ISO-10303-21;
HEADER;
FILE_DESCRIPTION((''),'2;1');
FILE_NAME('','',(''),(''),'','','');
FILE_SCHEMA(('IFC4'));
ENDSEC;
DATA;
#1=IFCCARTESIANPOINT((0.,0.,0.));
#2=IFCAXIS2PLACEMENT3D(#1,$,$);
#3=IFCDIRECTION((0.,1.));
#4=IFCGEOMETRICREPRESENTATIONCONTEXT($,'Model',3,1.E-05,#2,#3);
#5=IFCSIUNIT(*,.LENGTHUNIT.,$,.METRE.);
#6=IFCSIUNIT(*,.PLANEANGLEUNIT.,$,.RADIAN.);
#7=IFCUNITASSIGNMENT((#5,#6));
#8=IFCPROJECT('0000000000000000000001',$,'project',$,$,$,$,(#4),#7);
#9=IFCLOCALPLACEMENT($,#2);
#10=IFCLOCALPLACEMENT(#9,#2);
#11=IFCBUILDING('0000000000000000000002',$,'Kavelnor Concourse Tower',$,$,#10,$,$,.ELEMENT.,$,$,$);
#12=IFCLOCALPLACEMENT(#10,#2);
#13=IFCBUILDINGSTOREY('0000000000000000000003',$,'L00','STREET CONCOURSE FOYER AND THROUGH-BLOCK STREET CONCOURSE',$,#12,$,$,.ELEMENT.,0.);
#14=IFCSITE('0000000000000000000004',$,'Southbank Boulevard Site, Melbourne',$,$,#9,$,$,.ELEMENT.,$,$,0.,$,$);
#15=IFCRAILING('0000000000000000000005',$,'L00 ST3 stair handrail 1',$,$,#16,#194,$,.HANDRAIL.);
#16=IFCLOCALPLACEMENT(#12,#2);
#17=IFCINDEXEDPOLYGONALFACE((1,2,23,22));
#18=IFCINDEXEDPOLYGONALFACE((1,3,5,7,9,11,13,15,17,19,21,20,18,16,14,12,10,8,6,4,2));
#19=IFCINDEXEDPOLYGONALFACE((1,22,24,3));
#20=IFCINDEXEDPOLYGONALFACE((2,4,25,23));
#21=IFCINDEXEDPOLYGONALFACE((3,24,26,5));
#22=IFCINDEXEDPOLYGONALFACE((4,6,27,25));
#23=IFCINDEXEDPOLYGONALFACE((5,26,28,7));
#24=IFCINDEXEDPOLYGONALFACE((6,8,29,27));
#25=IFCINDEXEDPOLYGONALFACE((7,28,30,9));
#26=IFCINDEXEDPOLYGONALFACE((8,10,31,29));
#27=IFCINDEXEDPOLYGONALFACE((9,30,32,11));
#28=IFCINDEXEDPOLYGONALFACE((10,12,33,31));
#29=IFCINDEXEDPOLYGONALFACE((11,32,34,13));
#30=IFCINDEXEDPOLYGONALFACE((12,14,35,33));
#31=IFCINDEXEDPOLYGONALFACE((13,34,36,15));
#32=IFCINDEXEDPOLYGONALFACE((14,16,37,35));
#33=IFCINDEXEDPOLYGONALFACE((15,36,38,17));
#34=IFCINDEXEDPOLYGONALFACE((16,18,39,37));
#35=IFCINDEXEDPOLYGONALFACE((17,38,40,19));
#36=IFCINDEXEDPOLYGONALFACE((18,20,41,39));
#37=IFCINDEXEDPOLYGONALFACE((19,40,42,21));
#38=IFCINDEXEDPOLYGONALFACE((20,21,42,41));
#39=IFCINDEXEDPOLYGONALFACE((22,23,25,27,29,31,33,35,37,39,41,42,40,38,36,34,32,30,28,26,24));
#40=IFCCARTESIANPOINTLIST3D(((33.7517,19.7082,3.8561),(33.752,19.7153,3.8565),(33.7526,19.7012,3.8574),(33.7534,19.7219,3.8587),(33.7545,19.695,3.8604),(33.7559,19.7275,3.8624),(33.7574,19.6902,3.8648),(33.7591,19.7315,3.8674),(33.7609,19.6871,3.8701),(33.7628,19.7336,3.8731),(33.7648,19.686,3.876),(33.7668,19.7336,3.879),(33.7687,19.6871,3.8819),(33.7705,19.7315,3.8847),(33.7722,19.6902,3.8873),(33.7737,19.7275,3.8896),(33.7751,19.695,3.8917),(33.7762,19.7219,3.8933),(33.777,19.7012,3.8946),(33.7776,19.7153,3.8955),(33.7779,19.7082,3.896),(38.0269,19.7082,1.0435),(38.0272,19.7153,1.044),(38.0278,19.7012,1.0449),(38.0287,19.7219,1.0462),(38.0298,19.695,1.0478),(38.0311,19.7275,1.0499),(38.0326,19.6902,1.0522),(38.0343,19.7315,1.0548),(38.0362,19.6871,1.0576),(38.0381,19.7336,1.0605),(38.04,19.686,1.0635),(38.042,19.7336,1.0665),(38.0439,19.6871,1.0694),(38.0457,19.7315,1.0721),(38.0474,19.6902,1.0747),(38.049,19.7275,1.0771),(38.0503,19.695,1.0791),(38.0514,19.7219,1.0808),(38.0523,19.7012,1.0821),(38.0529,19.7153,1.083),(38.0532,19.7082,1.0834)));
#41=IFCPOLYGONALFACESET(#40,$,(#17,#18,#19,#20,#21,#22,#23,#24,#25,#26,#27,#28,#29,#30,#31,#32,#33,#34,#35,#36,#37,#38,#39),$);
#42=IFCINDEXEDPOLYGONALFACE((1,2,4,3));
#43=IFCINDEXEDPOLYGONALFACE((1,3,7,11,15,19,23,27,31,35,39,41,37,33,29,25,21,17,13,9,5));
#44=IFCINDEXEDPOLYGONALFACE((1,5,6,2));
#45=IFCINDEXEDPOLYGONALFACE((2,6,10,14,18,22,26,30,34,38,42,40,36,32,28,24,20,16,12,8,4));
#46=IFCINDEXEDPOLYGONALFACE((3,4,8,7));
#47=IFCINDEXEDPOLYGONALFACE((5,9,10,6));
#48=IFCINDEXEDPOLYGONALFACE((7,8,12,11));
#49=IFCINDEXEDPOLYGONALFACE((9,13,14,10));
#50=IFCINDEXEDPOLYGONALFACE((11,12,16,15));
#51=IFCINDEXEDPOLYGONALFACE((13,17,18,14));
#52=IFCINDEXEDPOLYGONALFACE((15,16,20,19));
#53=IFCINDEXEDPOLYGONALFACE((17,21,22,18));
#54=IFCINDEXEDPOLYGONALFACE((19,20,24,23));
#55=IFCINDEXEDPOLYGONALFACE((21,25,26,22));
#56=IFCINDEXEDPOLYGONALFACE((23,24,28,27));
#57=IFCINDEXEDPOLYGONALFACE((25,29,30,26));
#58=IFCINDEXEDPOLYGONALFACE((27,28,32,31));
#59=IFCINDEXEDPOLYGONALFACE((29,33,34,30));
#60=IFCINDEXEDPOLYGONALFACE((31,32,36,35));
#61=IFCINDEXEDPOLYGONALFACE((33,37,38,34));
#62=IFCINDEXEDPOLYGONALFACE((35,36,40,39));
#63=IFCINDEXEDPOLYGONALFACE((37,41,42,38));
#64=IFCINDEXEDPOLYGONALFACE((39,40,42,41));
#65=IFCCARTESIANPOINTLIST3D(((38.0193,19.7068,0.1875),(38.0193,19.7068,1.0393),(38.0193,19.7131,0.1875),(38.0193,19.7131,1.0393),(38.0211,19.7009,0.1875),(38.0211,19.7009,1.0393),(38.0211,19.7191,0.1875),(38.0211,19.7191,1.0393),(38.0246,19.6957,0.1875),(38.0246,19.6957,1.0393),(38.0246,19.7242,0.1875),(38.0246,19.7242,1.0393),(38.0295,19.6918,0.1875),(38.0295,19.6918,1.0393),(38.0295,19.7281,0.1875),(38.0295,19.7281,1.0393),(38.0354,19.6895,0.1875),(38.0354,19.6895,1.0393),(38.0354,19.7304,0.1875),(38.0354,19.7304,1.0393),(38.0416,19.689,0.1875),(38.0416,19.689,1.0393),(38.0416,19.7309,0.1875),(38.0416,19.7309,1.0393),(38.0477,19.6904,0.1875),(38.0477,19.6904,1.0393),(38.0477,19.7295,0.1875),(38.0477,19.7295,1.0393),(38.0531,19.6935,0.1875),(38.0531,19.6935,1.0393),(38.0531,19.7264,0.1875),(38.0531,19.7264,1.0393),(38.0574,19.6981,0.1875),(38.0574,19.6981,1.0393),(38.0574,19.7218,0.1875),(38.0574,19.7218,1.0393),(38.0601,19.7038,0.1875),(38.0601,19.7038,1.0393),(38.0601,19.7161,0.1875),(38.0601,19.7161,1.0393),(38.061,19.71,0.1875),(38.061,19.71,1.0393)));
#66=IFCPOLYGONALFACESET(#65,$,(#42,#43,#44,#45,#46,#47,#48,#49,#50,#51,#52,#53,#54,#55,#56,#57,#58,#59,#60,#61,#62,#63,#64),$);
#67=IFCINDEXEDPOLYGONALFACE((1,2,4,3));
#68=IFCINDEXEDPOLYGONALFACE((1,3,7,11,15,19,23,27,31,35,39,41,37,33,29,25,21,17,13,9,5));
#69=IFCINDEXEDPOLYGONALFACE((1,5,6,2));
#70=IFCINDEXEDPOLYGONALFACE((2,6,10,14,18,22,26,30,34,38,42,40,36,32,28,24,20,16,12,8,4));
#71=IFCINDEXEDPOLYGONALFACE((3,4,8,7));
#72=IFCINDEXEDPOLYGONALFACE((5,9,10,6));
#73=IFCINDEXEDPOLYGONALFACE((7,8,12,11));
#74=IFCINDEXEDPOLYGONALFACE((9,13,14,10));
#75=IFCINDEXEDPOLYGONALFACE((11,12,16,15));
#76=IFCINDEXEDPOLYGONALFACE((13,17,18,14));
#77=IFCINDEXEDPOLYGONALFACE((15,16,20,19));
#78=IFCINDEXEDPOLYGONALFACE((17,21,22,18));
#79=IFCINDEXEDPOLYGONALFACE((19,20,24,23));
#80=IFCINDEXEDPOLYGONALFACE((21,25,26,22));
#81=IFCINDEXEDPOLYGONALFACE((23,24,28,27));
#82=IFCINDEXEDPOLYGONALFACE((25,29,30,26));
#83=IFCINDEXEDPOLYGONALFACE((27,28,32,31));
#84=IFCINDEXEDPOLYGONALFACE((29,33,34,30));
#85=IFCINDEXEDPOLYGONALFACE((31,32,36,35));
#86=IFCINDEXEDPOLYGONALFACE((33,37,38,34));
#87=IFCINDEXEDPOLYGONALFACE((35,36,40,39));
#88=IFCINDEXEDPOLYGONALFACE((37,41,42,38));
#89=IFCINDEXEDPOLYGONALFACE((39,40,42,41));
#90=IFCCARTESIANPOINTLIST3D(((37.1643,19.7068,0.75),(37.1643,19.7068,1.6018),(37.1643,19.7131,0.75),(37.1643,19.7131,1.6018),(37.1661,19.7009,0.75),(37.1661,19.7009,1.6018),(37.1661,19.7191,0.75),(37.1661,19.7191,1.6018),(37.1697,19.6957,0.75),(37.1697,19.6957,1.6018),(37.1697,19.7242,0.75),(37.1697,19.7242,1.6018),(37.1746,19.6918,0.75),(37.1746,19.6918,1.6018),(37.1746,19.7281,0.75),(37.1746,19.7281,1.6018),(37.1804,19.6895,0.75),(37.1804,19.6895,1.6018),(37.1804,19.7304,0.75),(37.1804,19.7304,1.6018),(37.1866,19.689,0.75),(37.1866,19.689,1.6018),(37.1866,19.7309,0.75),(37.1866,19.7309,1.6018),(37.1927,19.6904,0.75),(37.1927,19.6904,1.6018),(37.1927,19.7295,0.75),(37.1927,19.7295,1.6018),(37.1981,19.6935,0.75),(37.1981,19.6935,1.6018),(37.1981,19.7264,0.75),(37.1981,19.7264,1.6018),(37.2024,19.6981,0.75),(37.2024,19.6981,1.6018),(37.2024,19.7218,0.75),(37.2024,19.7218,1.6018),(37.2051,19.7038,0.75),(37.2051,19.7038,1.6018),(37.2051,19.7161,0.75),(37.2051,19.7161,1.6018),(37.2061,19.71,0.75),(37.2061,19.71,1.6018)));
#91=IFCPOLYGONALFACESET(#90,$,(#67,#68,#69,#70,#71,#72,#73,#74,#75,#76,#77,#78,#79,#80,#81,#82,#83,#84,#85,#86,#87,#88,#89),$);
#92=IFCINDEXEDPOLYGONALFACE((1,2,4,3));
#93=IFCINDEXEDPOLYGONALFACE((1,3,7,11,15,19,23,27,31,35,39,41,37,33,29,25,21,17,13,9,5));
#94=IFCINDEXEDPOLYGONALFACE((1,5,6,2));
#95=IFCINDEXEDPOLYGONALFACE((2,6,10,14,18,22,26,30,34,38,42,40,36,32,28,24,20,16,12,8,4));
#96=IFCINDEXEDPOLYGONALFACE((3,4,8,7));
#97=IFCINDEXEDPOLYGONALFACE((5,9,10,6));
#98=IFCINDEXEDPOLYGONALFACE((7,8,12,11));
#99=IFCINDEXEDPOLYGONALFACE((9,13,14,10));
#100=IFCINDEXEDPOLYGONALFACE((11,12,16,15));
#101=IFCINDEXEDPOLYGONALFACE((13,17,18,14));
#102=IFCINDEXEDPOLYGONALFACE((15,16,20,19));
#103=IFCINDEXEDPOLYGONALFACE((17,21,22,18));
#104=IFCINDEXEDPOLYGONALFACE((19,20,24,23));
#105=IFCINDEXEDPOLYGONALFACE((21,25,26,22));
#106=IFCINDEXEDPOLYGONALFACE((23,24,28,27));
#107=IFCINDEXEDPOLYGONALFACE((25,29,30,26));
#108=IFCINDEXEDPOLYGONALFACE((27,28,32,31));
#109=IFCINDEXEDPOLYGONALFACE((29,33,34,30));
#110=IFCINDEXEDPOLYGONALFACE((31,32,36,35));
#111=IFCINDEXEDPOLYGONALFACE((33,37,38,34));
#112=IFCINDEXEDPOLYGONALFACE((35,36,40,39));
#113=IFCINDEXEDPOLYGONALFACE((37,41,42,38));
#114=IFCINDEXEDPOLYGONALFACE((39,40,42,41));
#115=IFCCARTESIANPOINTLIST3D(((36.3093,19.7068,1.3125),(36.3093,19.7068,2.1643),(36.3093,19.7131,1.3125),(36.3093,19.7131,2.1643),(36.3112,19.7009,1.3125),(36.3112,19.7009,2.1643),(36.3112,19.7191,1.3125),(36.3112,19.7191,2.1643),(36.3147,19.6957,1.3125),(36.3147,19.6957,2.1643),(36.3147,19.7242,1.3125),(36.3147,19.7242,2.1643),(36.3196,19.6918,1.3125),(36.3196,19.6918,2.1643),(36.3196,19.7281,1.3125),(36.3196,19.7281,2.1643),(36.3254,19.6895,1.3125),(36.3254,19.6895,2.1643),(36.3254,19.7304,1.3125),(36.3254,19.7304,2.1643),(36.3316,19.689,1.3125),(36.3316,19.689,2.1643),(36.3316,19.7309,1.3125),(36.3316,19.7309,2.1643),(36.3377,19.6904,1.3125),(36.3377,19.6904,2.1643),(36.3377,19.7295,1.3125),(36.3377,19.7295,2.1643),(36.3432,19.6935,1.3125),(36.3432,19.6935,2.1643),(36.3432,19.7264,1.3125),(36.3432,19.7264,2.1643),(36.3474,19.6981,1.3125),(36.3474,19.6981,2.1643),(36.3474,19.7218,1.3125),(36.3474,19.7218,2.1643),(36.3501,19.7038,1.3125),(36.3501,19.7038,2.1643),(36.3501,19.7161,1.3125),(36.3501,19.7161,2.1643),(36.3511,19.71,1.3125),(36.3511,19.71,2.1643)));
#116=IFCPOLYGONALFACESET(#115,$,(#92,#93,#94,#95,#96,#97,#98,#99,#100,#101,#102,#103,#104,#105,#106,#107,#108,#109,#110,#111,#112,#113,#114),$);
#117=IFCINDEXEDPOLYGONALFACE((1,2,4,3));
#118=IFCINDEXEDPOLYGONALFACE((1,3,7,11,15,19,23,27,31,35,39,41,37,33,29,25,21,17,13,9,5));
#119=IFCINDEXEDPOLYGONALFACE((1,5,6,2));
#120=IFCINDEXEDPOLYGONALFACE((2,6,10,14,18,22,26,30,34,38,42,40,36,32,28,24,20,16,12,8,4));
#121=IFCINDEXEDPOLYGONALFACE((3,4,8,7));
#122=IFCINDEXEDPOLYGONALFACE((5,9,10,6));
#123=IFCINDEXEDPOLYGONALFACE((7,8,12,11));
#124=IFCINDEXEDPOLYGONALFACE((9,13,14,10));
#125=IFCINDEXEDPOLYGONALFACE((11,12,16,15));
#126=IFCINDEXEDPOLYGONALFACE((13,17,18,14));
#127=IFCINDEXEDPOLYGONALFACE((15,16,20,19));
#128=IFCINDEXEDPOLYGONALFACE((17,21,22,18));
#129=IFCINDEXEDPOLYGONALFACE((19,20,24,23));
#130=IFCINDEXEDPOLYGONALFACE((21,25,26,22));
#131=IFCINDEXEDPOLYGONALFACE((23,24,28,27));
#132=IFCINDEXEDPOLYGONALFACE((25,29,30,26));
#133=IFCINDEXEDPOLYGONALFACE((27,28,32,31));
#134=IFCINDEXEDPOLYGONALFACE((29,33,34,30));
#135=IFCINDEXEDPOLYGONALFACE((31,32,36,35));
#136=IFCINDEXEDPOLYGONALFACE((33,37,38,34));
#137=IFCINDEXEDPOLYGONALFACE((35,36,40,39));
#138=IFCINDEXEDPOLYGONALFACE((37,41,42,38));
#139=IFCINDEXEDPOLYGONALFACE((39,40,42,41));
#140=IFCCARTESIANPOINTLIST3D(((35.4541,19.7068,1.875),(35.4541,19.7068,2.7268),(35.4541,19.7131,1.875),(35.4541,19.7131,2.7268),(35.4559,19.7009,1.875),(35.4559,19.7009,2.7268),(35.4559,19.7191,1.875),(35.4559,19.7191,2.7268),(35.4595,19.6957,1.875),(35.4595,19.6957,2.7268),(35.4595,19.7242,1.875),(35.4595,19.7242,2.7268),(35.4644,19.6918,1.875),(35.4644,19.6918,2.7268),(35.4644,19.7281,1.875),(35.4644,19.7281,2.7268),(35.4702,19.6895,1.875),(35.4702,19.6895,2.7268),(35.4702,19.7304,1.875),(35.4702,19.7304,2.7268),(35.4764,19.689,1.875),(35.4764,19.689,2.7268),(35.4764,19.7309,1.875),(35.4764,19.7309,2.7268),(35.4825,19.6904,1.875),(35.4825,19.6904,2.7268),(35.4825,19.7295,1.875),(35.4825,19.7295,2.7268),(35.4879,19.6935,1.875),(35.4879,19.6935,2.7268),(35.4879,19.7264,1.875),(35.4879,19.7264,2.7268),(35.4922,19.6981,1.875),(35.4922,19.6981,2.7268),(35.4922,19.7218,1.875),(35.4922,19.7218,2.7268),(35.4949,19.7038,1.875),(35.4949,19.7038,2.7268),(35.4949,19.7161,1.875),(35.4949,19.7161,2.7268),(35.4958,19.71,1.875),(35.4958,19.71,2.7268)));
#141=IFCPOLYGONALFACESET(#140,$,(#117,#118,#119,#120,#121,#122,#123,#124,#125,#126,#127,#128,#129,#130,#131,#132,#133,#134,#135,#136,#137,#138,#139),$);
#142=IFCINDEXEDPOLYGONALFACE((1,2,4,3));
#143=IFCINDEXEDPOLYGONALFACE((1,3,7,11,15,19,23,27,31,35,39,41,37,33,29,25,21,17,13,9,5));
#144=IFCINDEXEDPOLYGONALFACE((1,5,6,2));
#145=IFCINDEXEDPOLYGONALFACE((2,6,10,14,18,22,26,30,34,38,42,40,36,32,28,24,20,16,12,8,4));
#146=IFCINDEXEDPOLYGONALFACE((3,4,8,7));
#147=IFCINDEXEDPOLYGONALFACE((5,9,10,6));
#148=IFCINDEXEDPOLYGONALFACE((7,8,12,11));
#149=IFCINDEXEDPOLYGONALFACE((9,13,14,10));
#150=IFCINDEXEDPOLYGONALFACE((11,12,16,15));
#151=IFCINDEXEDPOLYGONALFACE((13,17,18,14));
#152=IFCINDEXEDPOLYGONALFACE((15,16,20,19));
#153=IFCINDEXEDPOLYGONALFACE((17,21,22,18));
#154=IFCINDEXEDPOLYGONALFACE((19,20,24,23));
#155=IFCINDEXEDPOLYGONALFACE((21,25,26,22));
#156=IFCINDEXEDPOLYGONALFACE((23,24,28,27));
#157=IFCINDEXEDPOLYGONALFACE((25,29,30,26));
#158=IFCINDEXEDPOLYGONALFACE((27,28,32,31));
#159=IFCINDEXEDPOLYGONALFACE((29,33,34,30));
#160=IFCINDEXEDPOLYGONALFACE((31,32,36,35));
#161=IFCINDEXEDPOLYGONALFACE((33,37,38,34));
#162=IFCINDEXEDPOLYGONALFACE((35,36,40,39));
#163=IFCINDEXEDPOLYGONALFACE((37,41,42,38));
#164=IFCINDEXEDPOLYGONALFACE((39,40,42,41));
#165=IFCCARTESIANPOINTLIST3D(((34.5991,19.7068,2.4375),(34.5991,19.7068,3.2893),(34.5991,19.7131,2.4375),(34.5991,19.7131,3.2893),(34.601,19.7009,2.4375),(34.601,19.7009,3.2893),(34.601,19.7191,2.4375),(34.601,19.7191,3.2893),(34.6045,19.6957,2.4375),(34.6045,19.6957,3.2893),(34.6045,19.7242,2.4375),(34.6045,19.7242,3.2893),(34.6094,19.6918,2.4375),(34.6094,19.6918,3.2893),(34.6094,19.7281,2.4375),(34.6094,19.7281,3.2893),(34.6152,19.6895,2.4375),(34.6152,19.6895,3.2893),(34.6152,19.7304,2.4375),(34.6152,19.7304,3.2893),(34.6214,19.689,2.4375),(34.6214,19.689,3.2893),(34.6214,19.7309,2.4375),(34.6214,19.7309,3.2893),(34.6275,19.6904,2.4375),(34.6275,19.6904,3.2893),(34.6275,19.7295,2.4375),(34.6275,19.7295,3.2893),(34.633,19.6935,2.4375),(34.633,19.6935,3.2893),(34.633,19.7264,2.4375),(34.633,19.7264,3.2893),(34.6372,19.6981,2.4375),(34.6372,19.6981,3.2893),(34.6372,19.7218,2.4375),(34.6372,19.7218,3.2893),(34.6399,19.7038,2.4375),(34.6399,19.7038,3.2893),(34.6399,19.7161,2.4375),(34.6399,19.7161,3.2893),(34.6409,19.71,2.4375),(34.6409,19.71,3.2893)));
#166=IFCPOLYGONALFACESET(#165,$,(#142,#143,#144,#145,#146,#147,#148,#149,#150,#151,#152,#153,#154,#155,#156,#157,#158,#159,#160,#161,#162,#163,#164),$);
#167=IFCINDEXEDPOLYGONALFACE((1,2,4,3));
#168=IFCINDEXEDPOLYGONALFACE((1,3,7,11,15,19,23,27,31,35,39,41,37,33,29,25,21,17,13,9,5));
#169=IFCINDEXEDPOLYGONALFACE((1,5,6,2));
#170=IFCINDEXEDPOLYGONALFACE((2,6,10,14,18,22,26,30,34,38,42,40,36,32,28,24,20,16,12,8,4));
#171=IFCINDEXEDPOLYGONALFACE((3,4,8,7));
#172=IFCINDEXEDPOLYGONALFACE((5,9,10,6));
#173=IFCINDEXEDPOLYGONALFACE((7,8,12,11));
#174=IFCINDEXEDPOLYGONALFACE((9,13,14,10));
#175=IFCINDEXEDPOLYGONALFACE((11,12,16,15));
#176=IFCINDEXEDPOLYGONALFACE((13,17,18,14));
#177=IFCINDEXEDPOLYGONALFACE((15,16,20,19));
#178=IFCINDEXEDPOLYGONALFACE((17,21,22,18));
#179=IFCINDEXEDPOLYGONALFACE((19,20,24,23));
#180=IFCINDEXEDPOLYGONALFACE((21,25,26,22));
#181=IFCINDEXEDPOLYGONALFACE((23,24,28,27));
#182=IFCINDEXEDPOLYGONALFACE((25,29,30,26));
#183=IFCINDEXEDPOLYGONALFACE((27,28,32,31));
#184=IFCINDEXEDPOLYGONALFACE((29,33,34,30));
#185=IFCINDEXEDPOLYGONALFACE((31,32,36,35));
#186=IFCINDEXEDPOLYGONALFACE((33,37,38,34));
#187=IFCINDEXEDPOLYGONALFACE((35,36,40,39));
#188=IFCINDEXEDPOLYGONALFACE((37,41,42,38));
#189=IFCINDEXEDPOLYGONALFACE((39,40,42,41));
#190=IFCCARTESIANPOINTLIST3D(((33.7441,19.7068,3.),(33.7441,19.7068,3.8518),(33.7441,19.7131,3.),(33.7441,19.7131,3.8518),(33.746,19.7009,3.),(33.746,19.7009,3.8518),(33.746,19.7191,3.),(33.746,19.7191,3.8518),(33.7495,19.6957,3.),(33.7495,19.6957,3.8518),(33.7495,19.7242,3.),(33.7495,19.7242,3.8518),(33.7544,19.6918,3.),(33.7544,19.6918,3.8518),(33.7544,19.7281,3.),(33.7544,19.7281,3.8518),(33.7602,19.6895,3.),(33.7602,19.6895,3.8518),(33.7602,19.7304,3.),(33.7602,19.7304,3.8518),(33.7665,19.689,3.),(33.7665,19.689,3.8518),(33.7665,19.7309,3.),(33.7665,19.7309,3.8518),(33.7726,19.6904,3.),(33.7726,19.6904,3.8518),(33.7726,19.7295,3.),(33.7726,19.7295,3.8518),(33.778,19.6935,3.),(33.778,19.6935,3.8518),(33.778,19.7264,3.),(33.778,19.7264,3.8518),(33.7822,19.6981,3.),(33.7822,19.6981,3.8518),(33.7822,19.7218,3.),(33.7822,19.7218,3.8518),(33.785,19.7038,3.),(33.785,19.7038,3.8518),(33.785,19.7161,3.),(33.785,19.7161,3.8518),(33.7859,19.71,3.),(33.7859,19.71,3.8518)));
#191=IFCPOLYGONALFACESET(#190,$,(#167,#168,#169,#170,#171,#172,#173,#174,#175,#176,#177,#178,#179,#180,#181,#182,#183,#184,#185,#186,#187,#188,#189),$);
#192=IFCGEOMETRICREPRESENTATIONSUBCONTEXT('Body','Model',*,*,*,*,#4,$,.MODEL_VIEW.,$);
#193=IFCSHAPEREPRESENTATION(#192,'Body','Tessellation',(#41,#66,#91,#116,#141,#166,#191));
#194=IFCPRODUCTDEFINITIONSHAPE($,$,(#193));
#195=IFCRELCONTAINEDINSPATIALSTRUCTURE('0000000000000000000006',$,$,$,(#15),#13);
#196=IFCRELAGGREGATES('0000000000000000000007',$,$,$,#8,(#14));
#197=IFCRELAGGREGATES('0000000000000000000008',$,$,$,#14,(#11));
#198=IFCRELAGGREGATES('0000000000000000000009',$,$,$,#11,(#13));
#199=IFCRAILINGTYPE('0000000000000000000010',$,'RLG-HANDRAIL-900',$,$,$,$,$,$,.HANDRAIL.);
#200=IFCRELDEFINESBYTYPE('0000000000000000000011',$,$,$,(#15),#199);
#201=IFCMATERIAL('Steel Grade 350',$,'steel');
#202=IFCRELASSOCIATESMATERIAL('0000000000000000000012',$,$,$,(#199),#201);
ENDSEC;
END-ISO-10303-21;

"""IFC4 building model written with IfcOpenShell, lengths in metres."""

from ifc_helpers import new_model, si_unit, direction, frame, origin, origin_2d, place, context, subcontext, project, spatial, circle, extrude, material, type_object, element, save


model = new_model("IFC4")

# Units and contexts
model_context = context("Model", 3, precision=1e-05, world=origin(), true_north=direction((0.0, 1.0)))
body_context = subcontext(model_context, "Body", "Model", "MODEL_VIEW")
ifc_project = project(units=[si_unit("LENGTHUNIT", "METRE"), si_unit("PLANEANGLEUNIT", "RADIAN")], contexts=[model_context])

# Site, building, storey
site_placement = place(None, origin())
site = spatial("IfcSite", under=ifc_project, at=site_placement, Name="Southbank Boulevard Site, Melbourne", CompositionType="ELEMENT", RefElevation=0.0)
building_placement = place(site_placement, origin())
building = spatial("IfcBuilding", under=site, at=building_placement, Name="Kavelnor Concourse Tower", CompositionType="ELEMENT")
storey_placement = place(building_placement, origin())
storey = spatial("IfcBuildingStorey", under=building, at=storey_placement, Name="L00", Description="STREET CONCOURSE FOYER AND THROUGH-BLOCK STREET CONCOURSE", CompositionType="ELEMENT", Elevation=0.0)

# Shared definitions
ifc_material_1 = material(Name="Steel Grade 350", Category="steel")

# Railing
railing_type_1 = type_object("IfcRailingType", Name="RLG-HANDRAIL-900", PredefinedType="HANDRAIL", material=ifc_material_1)
railing_1_placement = place(storey_placement, frame((38.04, 19.71, 0.1875)))
element("IfcRailing", 1, at=railing_1_placement, inside=storey, type_object=railing_type_1, Name="L00 ST3 stair handrail 1", PredefinedType="HANDRAIL", context=body_context, shape_type="SweptSolid", body=[
    extrude(circle(Radius=0.0239, at=origin_2d()), frame((0.0, 0.0, 0.876), z_axis=(-0.835426, 0.0, 0.549603), x_axis=(0.0, -1.0, 0.0)), (0.0, 0.0, 1.0), 5.1174),
    extrude(circle(Radius=0.021, at=origin_2d()), origin(), (0.0, 0.0, 1.0), 0.8518),
    extrude(circle(Radius=0.021, at=origin_2d()), frame((-0.855, 0.0, 0.5625)), (0.0, 0.0, 1.0), 0.8518),
    extrude(circle(Radius=0.021, at=origin_2d()), frame((-1.71, 0.0, 1.125)), (0.0, 0.0, 1.0), 0.8518),
    extrude(circle(Radius=0.021, at=origin_2d()), frame((-2.5652, 0.0, 1.6875)), (0.0, 0.0, 1.0), 0.8518),
    extrude(circle(Radius=0.021, at=origin_2d()), frame((-3.4202, 0.0, 2.25)), (0.0, 0.0, 1.0), 0.8518),
    extrude(circle(Radius=0.021, at=origin_2d()), frame((-4.2751, 0.0, 2.8125)), (0.0, 0.0, 1.0), 0.8518),
])

save(model, "model.ifc")
